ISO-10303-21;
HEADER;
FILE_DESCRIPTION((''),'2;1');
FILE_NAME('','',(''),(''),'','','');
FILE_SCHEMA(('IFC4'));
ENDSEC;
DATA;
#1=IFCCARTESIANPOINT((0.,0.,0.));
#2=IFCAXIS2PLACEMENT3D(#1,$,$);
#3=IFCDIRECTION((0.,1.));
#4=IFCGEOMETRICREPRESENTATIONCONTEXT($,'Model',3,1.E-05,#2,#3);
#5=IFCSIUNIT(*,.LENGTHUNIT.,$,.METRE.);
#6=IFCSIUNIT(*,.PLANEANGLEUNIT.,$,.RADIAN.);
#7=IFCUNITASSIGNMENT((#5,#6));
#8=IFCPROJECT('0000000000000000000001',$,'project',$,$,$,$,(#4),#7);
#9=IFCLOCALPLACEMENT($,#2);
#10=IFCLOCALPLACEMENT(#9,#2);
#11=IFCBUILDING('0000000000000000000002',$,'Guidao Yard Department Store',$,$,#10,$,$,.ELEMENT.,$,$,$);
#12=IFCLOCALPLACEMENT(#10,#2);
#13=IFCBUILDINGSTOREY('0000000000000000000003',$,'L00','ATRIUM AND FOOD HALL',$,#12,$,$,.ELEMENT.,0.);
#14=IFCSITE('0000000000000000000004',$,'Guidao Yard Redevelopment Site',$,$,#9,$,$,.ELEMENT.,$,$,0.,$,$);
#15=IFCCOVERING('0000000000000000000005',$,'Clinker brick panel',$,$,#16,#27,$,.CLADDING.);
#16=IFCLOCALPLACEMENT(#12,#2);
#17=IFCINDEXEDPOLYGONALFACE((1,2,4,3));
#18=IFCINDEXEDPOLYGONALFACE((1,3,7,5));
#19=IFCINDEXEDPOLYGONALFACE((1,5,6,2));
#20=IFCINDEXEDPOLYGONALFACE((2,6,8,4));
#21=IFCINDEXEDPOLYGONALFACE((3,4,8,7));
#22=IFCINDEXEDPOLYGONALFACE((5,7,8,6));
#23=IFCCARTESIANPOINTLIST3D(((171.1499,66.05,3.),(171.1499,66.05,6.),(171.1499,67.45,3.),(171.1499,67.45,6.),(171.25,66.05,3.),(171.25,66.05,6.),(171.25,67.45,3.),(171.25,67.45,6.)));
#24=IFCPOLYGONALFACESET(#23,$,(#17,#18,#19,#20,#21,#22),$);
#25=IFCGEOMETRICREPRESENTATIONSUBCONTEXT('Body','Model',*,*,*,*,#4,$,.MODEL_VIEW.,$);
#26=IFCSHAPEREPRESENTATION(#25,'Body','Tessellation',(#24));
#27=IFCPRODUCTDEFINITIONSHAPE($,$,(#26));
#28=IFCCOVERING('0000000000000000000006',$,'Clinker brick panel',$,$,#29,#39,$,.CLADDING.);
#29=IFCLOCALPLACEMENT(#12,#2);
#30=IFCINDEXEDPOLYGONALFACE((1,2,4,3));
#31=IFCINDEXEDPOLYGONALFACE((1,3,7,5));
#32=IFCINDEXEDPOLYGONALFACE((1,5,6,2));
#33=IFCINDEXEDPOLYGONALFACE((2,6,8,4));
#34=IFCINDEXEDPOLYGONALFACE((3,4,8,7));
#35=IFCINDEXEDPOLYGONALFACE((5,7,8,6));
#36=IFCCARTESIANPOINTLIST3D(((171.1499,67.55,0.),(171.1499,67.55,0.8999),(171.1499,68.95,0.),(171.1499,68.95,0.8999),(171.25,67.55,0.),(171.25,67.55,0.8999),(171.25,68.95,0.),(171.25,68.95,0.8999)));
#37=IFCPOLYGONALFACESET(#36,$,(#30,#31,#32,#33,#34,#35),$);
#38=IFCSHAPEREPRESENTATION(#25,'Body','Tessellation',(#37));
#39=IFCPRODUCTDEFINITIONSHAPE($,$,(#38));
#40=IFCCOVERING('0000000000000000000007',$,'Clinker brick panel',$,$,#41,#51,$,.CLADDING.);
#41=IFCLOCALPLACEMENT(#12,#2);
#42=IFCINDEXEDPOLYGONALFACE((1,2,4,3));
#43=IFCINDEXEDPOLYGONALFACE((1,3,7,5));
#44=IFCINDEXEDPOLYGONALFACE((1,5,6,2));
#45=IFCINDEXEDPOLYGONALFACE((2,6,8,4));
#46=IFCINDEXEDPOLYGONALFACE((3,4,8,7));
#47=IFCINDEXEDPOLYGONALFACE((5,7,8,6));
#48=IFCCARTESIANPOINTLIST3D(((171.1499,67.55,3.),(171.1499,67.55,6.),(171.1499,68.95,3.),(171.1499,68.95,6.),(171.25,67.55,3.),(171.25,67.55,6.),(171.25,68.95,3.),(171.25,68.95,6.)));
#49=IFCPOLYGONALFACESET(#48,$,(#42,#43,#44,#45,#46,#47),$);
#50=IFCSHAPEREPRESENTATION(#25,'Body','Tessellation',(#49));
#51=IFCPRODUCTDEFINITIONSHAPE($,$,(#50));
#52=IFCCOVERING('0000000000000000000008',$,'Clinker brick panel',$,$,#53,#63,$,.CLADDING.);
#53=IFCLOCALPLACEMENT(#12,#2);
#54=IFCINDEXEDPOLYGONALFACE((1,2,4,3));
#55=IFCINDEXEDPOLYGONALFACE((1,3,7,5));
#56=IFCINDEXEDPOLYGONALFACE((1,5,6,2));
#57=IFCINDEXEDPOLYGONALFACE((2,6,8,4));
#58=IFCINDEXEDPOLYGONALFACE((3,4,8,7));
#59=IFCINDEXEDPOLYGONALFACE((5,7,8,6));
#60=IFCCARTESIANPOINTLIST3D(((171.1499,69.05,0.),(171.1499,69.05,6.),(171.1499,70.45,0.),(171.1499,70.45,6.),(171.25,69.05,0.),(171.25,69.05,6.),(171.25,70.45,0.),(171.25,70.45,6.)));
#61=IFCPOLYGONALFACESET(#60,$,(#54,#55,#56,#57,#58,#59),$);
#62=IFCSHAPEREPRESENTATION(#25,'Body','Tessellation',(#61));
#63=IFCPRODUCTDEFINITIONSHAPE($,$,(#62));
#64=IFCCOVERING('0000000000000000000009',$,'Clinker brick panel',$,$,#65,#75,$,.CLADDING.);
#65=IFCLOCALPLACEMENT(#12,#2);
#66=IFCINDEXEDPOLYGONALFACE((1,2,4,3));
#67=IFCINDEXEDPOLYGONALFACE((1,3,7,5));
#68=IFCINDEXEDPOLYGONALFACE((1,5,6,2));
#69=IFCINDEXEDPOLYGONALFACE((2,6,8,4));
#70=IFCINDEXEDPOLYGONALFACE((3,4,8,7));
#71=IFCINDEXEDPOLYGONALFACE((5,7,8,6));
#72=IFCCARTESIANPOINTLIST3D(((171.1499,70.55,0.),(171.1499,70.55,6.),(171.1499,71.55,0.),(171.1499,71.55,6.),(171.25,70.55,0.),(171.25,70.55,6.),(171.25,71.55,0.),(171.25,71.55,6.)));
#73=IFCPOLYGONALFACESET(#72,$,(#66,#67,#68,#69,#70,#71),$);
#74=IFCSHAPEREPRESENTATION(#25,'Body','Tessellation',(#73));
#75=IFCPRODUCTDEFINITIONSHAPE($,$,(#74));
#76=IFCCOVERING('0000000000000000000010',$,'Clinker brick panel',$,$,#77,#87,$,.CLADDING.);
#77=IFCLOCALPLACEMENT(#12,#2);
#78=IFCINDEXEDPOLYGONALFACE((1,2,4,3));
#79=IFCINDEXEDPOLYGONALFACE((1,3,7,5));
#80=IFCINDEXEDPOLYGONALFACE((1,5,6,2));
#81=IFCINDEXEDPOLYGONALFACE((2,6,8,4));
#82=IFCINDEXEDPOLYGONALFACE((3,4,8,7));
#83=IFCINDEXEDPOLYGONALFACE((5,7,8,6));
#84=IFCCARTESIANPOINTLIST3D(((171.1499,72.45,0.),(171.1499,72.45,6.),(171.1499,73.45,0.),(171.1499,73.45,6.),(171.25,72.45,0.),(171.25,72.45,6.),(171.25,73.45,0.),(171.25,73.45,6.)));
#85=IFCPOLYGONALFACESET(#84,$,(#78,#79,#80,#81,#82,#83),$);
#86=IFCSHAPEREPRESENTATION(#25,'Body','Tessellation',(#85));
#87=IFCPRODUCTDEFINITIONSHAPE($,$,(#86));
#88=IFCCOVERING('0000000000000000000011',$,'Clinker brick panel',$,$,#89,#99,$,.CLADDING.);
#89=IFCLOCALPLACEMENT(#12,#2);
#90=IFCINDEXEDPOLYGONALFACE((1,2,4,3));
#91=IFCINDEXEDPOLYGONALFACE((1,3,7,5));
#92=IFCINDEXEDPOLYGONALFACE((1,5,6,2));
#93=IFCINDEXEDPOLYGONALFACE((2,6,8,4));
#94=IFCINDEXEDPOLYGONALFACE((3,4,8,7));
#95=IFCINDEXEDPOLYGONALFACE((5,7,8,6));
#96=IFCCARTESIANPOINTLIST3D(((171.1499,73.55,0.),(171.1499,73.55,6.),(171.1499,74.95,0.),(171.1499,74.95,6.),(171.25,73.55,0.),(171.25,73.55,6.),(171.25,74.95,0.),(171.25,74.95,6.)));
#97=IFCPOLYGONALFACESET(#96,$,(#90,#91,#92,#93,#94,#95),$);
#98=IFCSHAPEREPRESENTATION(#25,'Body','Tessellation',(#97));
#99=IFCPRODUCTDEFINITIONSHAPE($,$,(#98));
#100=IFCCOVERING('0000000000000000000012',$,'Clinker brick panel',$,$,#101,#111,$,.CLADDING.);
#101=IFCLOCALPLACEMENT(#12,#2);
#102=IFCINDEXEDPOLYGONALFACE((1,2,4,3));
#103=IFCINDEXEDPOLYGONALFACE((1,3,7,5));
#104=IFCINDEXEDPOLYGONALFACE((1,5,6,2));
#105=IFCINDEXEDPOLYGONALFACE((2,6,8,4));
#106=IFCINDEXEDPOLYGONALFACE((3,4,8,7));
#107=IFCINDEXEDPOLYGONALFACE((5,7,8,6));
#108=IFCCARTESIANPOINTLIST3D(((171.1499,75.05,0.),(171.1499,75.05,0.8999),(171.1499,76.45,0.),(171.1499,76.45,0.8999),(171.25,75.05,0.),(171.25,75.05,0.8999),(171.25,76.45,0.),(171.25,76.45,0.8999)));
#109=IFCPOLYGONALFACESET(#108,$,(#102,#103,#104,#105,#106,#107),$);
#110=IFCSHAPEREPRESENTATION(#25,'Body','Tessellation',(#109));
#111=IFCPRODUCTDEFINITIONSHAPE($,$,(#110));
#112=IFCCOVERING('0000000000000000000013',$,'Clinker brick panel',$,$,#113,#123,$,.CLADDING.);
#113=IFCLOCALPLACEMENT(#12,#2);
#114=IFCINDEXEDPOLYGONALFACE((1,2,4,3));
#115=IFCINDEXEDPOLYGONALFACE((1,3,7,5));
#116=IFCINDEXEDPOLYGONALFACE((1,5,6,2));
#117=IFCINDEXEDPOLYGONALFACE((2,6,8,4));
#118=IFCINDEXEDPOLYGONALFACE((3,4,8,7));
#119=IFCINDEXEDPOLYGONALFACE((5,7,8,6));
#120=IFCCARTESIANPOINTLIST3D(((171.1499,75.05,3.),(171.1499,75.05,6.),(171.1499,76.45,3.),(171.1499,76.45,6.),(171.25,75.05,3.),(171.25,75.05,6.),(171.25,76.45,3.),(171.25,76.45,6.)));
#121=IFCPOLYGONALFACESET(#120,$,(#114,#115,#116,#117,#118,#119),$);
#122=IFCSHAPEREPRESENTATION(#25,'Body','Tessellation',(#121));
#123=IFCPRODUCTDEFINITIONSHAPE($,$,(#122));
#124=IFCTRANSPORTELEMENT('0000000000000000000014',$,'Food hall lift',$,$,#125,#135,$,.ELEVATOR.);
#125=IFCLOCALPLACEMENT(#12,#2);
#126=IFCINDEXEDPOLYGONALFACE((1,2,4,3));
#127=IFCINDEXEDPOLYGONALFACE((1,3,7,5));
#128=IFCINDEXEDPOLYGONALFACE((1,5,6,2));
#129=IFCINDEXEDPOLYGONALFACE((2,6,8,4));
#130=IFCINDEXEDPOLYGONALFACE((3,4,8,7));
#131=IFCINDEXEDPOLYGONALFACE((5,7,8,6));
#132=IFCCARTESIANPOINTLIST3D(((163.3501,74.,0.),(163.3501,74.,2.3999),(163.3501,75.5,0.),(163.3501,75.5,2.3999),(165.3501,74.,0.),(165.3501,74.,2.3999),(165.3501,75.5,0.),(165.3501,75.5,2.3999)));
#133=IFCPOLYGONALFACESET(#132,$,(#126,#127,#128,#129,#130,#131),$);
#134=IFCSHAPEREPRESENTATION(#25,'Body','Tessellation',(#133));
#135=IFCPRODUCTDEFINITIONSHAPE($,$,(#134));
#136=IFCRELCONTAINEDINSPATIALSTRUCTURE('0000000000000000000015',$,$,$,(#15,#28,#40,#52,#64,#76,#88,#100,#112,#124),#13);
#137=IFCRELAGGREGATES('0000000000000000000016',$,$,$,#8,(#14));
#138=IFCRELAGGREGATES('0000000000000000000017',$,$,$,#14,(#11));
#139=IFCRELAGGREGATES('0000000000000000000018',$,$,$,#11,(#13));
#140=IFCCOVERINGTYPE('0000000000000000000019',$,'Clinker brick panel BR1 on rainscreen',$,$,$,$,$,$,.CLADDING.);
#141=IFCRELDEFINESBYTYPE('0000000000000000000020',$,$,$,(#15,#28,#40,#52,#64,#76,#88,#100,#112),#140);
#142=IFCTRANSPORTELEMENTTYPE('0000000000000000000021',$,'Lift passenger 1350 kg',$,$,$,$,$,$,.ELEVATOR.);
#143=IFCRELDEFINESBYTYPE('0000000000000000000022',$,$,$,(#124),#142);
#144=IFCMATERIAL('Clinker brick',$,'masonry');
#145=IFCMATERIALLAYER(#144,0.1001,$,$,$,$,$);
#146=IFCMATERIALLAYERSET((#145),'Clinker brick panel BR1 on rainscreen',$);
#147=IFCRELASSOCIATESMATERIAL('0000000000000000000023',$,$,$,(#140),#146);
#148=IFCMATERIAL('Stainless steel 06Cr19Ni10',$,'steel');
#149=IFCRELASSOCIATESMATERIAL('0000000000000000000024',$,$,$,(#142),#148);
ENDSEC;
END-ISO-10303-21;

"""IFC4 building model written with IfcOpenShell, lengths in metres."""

from ifc_helpers import new_model, si_unit, direction, frame, origin, origin_2d, place, context, subcontext, project, spatial, rectangle, extrude, material, layer, layer_set, type_object, element, save


model = new_model("IFC4")

# Units and contexts
model_context = context("Model", 3, precision=1e-05, world=origin(), true_north=direction((0.0, 1.0)))
body_context = subcontext(model_context, "Body", "Model", "MODEL_VIEW")
ifc_project = project(units=[si_unit("LENGTHUNIT", "METRE"), si_unit("PLANEANGLEUNIT", "RADIAN")], contexts=[model_context])

# Site, building, storey
site_placement = place(None, origin())
site = spatial("IfcSite", under=ifc_project, at=site_placement, Name="Guidao Yard Redevelopment Site", CompositionType="ELEMENT", RefElevation=0.0)
building_placement = place(site_placement, origin())
building = spatial("IfcBuilding", under=site, at=building_placement, Name="Guidao Yard Department Store", CompositionType="ELEMENT")
storey_placement = place(building_placement, origin())
storey = spatial("IfcBuildingStorey", under=building, at=storey_placement, Name="L00", Description="ATRIUM AND FOOD HALL", CompositionType="ELEMENT", Elevation=0.0)

# Coverings
ifc_material_1 = material(Name="Clinker brick", Category="masonry")
ifc_layer_1 = layer(ifc_material_1, 0.1001)
ifc_layer_set_1 = layer_set([ifc_layer_1], Name="Clinker brick panel BR1 on rainscreen")
covering_type = type_object("IfcCoveringType", Name="Clinker brick panel BR1 on rainscreen", PredefinedType="CLADDING", material=ifc_layer_set_1)
covering_1_placement = place(storey_placement, frame((171.2, 66.75, 3.0), z_axis=(0.0, 0.0, 1.0), x_axis=(0.0, -1.0, 0.0)))
element("IfcCovering", 1, at=covering_1_placement, inside=storey, type_object=covering_type, Name="Clinker brick panel", PredefinedType="CLADDING", context=body_context, shape_type="SweptSolid", body=[
    extrude(rectangle(XDim=1.3999, YDim=0.1001, at=origin_2d()), origin(), (0.0, 0.0, 1.0), 3.0),
])
covering_2_placement = place(storey_placement, frame((171.2, 68.25, 0.0), z_axis=(0.0, 0.0, 1.0), x_axis=(0.0, -1.0, 0.0)))
element("IfcCovering", 2, at=covering_2_placement, inside=storey, type_object=covering_type, Name="Clinker brick panel", PredefinedType="CLADDING", context=body_context, shape_type="SweptSolid", body=[
    extrude(rectangle(XDim=1.3999, YDim=0.1001, at=origin_2d()), origin(), (0.0, 0.0, 1.0), 0.8999),
])
covering_3_placement = place(storey_placement, frame((171.2, 68.25, 3.0), z_axis=(0.0, 0.0, 1.0), x_axis=(0.0, -1.0, 0.0)))
element("IfcCovering", 3, at=covering_3_placement, inside=storey, type_object=covering_type, Name="Clinker brick panel", PredefinedType="CLADDING", context=body_context, shape_type="SweptSolid", body=[
    extrude(rectangle(XDim=1.3999, YDim=0.1001, at=origin_2d()), origin(), (0.0, 0.0, 1.0), 3.0),
])
covering_4_placement = place(storey_placement, frame((171.2, 69.75, 0.0), z_axis=(0.0, 0.0, 1.0), x_axis=(0.0, -1.0, 0.0)))
element("IfcCovering", 4, at=covering_4_placement, inside=storey, type_object=covering_type, Name="Clinker brick panel", PredefinedType="CLADDING", context=body_context, shape_type="SweptSolid", body=[
    extrude(rectangle(XDim=1.3999, YDim=0.1001, at=origin_2d()), origin(), (0.0, 0.0, 1.0), 6.0),
])
for number, where, z_axis, x_axis, name in (
    (5, (171.2, 71.05, 0.0), (0.0, 0.0, 1.0), (0.0, -1.0, 0.0), "Clinker brick panel"),
    (6, (171.2, 72.95, 0.0), (0.0, 0.0, 1.0), (0.0, -1.0, 0.0), "Clinker brick panel"),
):
    element("IfcCovering", number, at=place(storey_placement, frame(where, z_axis=z_axis, x_axis=x_axis)), inside=storey, type_object=covering_type, Name=name, PredefinedType="CLADDING", context=body_context, shape_type="SweptSolid", body=[
        extrude(rectangle(XDim=1.0, YDim=0.1001, at=origin_2d()), origin(), (0.0, 0.0, 1.0), 6.0),
    ])
covering_5_placement = place(storey_placement, frame((171.2, 74.25, 0.0), z_axis=(0.0, 0.0, 1.0), x_axis=(0.0, -1.0, 0.0)))
element("IfcCovering", 7, at=covering_5_placement, inside=storey, type_object=covering_type, Name="Clinker brick panel", PredefinedType="CLADDING", context=body_context, shape_type="SweptSolid", body=[
    extrude(rectangle(XDim=1.3999, YDim=0.1001, at=origin_2d()), origin(), (0.0, 0.0, 1.0), 6.0),
])
covering_6_placement = place(storey_placement, frame((171.2, 75.75, 0.0), z_axis=(0.0, 0.0, 1.0), x_axis=(0.0, -1.0, 0.0)))
element("IfcCovering", 8, at=covering_6_placement, inside=storey, type_object=covering_type, Name="Clinker brick panel", PredefinedType="CLADDING", context=body_context, shape_type="SweptSolid", body=[
    extrude(rectangle(XDim=1.3999, YDim=0.1001, at=origin_2d()), origin(), (0.0, 0.0, 1.0), 0.8999),
])
covering_7_placement = place(storey_placement, frame((171.2, 75.75, 3.0), z_axis=(0.0, 0.0, 1.0), x_axis=(0.0, -1.0, 0.0)))
element("IfcCovering", 9, at=covering_7_placement, inside=storey, type_object=covering_type, Name="Clinker brick panel", PredefinedType="CLADDING", context=body_context, shape_type="SweptSolid", body=[
    extrude(rectangle(XDim=1.3999, YDim=0.1001, at=origin_2d()), origin(), (0.0, 0.0, 1.0), 3.0),
])

# Transport element
ifc_material_2 = material(Name="Stainless steel 06Cr19Ni10", Category="steel")
transport_element_type = type_object("IfcTransportElementType", Name="Lift passenger 1350 kg", PredefinedType="ELEVATOR", material=ifc_material_2)
transport_element_placement = place(storey_placement, frame((164.3501, 74.75, 0.0), z_axis=(0.0, 0.0, 1.0), x_axis=(1.0, 0.0, 0.0)))
element("IfcTransportElement", 10, at=transport_element_placement, inside=storey, type_object=transport_element_type, Name="Food hall lift", PredefinedType="ELEVATOR", context=body_context, shape_type="SweptSolid", body=[
    extrude(rectangle(XDim=2.0, YDim=1.5, at=origin_2d()), origin(), (0.0, 0.0, 1.0), 2.3999),
])

save(model, "model.ifc")
